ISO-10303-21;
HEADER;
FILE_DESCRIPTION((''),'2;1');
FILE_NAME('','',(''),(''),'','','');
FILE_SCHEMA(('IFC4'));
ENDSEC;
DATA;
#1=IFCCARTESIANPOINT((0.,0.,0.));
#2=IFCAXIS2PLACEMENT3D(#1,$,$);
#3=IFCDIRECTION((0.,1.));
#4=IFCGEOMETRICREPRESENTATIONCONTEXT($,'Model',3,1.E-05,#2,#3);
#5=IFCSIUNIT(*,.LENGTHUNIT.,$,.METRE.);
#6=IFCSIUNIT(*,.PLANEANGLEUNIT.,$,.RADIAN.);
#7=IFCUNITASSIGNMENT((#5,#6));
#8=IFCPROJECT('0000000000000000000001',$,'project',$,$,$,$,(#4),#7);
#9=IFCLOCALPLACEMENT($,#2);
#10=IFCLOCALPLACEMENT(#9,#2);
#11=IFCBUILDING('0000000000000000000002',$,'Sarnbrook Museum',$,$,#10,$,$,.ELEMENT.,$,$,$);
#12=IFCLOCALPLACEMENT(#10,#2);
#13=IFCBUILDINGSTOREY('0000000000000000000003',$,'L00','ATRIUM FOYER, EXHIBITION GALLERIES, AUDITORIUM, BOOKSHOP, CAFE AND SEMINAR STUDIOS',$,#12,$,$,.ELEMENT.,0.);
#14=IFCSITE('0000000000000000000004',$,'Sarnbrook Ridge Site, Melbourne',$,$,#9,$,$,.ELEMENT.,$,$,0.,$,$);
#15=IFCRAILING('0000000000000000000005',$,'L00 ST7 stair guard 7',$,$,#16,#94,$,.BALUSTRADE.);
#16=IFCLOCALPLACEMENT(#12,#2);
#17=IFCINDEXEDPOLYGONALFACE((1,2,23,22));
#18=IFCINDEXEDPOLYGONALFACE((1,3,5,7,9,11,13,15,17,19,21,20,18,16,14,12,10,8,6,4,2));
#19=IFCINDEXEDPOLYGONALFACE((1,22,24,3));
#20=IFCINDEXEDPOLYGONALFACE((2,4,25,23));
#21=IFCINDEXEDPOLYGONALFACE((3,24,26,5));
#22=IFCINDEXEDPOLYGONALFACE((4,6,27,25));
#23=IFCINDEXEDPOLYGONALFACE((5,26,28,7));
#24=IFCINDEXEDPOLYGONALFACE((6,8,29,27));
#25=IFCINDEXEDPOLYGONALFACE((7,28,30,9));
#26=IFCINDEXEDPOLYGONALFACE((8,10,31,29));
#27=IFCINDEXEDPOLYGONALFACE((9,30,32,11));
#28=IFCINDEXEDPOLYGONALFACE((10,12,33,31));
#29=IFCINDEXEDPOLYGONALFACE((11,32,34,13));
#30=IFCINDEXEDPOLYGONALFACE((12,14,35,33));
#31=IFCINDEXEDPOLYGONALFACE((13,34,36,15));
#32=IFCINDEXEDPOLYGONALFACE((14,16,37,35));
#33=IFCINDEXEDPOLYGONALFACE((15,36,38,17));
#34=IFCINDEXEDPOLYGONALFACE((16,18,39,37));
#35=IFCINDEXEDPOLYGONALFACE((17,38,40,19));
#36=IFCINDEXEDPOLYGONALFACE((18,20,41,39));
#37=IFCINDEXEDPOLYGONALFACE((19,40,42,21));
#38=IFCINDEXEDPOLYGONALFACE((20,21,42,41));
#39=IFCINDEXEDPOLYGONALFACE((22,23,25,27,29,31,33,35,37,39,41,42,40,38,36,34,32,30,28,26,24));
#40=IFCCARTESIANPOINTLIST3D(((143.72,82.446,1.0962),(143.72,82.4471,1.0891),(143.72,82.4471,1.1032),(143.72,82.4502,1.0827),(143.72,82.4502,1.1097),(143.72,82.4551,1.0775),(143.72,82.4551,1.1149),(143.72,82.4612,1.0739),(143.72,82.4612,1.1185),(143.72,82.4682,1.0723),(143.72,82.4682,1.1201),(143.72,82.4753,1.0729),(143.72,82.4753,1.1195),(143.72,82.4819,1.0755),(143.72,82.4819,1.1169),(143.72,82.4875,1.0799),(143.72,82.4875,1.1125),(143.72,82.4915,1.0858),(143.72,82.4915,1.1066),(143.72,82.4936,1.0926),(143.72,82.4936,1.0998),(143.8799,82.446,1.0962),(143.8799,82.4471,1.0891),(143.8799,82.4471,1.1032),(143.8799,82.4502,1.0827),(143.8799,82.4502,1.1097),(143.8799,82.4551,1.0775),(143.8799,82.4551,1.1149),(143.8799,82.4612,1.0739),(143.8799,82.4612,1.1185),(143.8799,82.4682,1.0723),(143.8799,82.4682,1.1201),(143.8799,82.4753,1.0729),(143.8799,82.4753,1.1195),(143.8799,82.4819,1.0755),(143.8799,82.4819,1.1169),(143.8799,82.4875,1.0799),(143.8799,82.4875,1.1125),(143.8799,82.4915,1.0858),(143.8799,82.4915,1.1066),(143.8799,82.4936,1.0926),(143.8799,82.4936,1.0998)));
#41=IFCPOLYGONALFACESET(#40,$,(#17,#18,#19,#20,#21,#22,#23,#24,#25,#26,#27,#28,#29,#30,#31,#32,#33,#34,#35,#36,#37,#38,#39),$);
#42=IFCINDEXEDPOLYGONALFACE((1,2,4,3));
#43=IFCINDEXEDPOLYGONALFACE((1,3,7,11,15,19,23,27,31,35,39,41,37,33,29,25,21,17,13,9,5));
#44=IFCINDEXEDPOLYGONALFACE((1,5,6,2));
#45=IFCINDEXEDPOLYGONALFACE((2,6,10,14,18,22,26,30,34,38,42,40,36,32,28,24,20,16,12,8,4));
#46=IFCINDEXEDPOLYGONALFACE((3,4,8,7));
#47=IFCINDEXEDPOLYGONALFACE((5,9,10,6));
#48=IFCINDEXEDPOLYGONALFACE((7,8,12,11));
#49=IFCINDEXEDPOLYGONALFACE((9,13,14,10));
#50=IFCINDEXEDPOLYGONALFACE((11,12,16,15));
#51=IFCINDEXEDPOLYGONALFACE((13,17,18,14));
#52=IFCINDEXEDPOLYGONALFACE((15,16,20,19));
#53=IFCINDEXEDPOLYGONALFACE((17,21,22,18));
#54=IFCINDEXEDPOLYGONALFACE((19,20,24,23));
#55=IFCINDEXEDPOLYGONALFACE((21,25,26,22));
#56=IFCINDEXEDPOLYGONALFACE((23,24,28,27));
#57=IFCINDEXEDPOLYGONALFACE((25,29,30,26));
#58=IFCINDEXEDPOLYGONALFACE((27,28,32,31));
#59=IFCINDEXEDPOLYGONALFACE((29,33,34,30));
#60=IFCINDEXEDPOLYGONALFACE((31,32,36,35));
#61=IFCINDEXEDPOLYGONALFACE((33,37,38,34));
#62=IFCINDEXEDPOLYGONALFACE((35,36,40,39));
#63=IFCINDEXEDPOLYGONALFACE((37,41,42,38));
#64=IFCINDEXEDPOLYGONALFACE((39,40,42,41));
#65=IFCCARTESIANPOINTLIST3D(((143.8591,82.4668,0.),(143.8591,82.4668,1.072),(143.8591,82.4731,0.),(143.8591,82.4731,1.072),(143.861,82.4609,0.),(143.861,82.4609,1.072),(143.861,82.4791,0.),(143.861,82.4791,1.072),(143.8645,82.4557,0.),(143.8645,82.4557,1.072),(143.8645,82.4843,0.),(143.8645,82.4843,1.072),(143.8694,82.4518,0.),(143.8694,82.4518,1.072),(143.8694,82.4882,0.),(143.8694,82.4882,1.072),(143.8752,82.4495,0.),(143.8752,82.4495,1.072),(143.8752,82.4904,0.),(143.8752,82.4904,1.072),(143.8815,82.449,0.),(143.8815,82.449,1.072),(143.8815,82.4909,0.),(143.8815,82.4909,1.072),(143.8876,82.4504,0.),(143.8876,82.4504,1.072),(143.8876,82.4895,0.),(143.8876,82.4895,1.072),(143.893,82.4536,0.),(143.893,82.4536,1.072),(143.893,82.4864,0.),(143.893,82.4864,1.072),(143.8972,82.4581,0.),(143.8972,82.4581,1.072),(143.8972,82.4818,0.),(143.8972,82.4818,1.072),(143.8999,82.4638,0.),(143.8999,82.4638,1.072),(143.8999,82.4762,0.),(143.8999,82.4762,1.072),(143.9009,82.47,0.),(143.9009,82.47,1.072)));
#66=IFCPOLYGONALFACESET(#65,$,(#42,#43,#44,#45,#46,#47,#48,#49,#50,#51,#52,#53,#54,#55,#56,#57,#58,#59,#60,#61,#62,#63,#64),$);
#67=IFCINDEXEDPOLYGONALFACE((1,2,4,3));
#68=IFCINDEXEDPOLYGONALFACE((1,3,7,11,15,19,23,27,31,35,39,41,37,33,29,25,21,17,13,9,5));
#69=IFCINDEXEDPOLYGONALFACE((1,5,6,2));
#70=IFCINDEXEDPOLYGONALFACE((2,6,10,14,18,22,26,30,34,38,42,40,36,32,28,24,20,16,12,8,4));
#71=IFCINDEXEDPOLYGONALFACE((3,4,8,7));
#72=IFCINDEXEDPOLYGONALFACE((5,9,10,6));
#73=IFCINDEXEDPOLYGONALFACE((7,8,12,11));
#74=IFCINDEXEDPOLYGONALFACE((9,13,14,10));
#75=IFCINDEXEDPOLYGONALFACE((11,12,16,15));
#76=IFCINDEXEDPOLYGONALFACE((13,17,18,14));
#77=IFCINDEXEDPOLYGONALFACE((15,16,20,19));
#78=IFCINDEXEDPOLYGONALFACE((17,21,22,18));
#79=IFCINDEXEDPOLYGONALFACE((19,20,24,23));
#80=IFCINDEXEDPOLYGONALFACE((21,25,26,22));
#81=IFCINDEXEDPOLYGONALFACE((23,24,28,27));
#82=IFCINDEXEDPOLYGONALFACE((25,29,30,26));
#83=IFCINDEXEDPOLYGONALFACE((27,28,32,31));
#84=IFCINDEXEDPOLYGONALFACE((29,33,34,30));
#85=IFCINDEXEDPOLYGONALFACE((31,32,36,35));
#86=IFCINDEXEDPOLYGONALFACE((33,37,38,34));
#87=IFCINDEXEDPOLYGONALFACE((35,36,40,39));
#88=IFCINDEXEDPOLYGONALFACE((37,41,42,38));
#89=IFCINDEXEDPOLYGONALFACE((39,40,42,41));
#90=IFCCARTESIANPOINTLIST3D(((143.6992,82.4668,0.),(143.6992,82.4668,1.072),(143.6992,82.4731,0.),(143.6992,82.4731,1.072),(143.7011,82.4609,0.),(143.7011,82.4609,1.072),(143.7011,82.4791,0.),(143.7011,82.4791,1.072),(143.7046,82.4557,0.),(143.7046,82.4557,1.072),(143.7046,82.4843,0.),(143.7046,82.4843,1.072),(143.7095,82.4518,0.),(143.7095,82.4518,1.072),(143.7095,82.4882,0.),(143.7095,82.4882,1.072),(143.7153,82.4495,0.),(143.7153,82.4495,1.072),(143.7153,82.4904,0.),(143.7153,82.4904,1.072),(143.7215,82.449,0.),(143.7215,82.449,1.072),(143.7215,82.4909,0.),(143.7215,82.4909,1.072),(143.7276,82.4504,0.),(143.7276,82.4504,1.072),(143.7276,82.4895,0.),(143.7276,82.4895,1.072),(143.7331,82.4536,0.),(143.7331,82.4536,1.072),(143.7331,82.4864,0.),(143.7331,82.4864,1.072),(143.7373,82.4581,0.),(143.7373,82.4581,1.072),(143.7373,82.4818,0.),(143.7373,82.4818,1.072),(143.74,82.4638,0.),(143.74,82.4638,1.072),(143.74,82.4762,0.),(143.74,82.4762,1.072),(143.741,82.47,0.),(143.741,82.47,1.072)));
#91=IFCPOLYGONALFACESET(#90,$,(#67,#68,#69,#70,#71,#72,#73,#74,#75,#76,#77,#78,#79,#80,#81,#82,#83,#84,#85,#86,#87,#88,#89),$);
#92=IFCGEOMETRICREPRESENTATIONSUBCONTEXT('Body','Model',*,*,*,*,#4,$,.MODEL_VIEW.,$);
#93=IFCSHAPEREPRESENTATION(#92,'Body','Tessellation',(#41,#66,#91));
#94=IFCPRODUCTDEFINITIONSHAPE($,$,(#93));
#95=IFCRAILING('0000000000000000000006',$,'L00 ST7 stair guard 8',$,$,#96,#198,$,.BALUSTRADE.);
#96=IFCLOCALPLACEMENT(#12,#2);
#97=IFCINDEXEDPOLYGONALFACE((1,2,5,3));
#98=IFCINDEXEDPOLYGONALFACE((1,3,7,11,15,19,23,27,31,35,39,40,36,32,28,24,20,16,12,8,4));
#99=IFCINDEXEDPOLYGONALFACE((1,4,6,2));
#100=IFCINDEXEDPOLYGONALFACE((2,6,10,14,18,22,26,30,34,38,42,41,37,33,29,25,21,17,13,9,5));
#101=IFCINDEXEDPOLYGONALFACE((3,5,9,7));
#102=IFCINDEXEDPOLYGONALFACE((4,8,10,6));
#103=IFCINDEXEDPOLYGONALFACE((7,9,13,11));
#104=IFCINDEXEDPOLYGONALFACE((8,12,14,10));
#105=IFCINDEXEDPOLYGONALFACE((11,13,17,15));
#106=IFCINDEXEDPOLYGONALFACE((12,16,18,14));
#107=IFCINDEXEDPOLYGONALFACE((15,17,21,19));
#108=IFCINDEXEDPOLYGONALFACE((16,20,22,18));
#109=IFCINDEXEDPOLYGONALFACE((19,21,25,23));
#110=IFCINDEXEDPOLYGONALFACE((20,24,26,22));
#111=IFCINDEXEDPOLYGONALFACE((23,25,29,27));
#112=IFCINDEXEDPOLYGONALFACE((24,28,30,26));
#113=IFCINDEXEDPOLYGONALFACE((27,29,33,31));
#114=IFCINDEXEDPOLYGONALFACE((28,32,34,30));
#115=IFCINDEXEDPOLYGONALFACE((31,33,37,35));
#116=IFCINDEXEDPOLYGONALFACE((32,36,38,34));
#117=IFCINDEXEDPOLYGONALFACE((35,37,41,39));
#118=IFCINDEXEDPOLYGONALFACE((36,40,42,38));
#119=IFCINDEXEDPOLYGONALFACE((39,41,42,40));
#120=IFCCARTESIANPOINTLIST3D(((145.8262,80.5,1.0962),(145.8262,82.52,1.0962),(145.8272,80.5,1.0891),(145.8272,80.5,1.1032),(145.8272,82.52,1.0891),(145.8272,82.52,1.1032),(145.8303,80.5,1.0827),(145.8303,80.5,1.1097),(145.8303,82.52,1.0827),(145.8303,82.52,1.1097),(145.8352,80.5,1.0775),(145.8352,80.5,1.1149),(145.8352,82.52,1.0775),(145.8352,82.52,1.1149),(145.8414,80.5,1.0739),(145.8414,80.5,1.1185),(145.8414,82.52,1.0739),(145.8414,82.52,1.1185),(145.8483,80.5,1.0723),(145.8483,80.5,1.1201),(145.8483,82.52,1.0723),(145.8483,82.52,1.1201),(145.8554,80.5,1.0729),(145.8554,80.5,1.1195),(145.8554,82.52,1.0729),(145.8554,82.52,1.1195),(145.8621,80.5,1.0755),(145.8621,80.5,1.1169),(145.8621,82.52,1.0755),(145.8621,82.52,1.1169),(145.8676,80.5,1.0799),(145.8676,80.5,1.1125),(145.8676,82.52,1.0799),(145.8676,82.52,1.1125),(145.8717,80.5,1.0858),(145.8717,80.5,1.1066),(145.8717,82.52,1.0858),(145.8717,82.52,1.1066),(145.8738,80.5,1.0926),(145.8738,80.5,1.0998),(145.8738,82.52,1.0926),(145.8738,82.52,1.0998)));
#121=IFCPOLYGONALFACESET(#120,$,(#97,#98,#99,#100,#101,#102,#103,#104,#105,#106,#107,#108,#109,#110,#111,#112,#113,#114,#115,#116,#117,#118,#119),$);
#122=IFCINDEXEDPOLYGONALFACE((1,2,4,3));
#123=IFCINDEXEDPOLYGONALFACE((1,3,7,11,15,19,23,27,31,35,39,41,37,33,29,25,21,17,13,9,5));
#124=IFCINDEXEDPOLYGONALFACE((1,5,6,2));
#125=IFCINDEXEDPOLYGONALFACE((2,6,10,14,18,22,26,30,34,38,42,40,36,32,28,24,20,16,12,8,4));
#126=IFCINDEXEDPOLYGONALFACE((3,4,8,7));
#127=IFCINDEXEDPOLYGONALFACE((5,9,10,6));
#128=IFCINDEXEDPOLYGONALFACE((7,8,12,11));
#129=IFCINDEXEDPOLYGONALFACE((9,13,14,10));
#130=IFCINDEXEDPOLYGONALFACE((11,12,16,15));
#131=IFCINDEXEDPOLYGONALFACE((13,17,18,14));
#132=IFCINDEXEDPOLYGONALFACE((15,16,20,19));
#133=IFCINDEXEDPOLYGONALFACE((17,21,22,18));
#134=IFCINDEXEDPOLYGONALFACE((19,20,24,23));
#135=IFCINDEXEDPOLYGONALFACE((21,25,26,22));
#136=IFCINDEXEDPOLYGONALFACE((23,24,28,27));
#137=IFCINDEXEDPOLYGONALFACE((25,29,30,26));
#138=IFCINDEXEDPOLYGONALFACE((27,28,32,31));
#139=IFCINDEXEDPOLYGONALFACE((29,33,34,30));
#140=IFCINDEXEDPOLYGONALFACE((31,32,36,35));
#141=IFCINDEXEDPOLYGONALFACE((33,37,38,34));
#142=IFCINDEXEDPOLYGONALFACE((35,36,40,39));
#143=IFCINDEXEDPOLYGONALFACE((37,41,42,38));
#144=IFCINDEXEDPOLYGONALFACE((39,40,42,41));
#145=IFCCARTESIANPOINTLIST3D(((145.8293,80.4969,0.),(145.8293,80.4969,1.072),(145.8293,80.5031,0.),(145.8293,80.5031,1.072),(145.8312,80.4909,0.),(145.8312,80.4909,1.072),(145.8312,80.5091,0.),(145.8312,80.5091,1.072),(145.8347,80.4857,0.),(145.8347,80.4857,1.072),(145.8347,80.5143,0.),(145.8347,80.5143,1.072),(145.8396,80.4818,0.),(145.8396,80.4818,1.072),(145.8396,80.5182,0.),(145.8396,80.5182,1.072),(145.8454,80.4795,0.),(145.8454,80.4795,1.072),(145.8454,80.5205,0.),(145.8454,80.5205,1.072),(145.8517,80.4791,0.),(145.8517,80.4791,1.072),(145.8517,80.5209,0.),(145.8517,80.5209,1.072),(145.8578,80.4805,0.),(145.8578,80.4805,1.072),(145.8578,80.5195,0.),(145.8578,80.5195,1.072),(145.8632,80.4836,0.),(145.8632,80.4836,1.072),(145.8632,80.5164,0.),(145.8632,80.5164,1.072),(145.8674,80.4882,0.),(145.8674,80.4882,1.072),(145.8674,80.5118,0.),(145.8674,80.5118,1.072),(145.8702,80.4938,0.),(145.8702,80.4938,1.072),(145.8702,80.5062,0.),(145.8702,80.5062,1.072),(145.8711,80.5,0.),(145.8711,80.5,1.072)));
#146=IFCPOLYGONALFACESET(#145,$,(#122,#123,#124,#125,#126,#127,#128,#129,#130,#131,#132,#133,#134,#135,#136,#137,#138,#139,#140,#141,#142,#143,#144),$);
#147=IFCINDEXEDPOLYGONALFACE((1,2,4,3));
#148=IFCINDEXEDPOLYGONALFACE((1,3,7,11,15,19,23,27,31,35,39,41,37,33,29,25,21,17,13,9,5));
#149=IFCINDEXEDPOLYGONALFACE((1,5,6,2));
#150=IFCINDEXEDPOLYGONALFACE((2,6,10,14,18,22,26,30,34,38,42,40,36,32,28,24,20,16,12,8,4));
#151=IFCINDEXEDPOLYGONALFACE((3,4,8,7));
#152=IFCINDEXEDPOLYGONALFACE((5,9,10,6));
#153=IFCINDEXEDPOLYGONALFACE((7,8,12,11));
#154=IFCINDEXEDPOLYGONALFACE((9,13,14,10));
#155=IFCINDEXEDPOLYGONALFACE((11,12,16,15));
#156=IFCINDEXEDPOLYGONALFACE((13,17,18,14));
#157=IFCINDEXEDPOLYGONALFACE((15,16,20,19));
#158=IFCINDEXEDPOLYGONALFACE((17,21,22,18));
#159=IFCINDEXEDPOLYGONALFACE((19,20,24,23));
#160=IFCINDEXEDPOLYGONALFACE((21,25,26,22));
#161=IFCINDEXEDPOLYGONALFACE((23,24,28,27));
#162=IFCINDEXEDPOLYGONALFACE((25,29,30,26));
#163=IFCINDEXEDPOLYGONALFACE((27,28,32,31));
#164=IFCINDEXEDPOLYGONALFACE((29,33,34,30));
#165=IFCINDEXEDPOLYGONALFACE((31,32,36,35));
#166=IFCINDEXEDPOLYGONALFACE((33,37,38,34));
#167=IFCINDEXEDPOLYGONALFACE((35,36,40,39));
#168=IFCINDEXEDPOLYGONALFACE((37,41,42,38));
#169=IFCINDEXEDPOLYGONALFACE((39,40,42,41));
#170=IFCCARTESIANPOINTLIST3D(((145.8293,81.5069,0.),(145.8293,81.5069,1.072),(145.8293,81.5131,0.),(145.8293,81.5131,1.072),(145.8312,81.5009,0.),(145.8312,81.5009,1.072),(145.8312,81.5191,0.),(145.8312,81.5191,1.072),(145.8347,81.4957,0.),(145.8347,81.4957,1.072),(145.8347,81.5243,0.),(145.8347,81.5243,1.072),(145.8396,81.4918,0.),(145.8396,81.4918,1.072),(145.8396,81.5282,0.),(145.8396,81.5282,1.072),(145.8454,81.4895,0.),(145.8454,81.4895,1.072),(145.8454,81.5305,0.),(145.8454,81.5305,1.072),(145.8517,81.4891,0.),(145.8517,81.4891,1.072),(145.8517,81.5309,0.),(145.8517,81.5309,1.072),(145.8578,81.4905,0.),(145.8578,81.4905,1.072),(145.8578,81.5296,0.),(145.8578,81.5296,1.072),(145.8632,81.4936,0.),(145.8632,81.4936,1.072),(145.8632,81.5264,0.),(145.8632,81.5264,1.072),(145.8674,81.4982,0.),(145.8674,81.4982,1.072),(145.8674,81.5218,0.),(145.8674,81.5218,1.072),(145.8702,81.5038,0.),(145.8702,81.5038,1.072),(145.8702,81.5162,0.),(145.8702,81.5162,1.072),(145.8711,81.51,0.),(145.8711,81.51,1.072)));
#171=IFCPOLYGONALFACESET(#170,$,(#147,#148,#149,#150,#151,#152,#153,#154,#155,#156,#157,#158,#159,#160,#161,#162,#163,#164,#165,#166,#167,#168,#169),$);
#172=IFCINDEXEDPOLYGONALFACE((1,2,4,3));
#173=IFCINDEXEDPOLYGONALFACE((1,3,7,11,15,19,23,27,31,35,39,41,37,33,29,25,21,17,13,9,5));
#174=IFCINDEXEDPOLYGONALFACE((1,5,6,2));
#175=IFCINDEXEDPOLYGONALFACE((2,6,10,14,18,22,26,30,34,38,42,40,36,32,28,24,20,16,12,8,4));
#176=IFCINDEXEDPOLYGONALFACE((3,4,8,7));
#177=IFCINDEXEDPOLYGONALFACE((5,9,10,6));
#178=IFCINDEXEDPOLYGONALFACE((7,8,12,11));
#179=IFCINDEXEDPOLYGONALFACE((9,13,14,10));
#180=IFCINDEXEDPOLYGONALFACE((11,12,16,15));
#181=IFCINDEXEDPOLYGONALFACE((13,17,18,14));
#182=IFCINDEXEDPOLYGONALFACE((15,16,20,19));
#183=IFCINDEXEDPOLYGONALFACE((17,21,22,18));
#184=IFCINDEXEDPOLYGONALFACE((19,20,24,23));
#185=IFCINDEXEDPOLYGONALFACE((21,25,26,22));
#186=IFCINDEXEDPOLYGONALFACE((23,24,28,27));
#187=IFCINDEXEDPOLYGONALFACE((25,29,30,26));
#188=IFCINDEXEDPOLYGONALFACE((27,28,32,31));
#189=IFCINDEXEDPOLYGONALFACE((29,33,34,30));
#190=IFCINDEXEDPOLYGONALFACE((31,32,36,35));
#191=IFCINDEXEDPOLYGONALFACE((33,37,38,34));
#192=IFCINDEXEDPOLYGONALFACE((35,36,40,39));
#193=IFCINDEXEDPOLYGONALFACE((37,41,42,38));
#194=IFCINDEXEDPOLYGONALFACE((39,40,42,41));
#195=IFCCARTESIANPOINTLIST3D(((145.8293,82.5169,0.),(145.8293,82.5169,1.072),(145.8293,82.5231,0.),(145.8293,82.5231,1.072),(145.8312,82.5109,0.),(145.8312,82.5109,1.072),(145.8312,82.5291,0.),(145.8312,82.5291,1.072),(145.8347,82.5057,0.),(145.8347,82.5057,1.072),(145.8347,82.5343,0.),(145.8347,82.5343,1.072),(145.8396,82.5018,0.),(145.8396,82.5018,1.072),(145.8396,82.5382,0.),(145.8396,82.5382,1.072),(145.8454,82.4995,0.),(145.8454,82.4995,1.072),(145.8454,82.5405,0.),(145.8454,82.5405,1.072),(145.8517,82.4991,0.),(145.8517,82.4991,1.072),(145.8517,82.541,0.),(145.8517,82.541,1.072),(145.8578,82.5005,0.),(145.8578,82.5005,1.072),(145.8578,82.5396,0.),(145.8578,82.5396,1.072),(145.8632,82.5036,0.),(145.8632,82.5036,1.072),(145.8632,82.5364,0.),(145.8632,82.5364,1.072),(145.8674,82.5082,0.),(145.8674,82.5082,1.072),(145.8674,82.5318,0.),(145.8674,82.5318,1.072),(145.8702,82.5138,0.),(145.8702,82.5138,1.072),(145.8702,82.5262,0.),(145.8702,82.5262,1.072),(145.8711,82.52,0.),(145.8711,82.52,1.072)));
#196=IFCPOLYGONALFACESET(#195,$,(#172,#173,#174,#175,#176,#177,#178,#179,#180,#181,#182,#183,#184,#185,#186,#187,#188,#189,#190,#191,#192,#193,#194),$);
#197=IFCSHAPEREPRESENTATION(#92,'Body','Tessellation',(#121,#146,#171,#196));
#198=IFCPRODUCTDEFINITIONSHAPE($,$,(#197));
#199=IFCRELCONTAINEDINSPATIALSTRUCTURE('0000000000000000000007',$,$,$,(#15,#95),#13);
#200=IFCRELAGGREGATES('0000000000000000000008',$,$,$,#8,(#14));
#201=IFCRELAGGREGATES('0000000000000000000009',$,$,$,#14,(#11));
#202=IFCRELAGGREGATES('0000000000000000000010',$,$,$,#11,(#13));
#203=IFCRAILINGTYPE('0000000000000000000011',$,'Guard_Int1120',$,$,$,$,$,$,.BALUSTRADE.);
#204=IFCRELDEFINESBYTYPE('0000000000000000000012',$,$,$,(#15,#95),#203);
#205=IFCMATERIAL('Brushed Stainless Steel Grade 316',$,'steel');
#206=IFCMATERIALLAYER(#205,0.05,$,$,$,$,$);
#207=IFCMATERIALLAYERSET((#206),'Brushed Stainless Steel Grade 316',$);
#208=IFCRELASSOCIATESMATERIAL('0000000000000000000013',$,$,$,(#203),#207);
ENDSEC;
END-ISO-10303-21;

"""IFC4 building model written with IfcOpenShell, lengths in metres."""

from ifc_helpers import new_model, si_unit, direction, frame, origin, origin_2d, place, context, subcontext, project, spatial, circle, extrude, material, layer, layer_set, type_object, element, save


model = new_model("IFC4")

# Units and contexts
model_context = context("Model", 3, precision=1e-05, world=origin(), true_north=direction((0.0, 1.0)))
body_context = subcontext(model_context, "Body", "Model", "MODEL_VIEW")
ifc_project = project(units=[si_unit("LENGTHUNIT", "METRE"), si_unit("PLANEANGLEUNIT", "RADIAN")], contexts=[model_context])

# Site, building, storey
site_placement = place(None, origin())
site = spatial("IfcSite", under=ifc_project, at=site_placement, Name="Sarnbrook Ridge Site, Melbourne", CompositionType="ELEMENT", RefElevation=0.0)
building_placement = place(site_placement, origin())
building = spatial("IfcBuilding", under=site, at=building_placement, Name="Sarnbrook Museum", CompositionType="ELEMENT")
storey_placement = place(building_placement, origin())
storey = spatial("IfcBuildingStorey", under=building, at=storey_placement, Name="L00", Description="ATRIUM FOYER, EXHIBITION GALLERIES, AUDITORIUM, BOOKSHOP, CAFE AND SEMINAR STUDIOS", CompositionType="ELEMENT", Elevation=0.0)

# Railings
ifc_material_1 = material(Name="Brushed Stainless Steel Grade 316", Category="steel")
ifc_layer_1 = layer(ifc_material_1, 0.05)
ifc_layer_set_1 = layer_set([ifc_layer_1], Name="Brushed Stainless Steel Grade 316")
railing_type = type_object("IfcRailingType", Name="Guard_Int1120", PredefinedType="BALUSTRADE", material=ifc_layer_set_1)
railing_placement = place(storey_placement, frame((143.8799, 82.47, 0.0)))
element("IfcRailing", 1, at=railing_placement, inside=storey, type_object=railing_type, Name="L00 ST7 stair guard 7", PredefinedType="BALUSTRADE", context=body_context, shape_type="SweptSolid", body=[
    extrude(circle(Radius=0.0239, at=origin_2d()), frame((0.0, 0.0, 1.0962), z_axis=(-1.0, 0.0, 0.0), x_axis=(0.0, -1.0, 0.0)), (0.0, 0.0, 1.0), 0.1599),
    extrude(circle(Radius=0.021, at=origin_2d()), origin(), (0.0, 0.0, 1.0), 1.072),
    extrude(circle(Radius=0.021, at=origin_2d()), frame((-0.1599, 0.0, 0.0)), (0.0, 0.0, 1.0), 1.072),
])
for number, where, name in (
    (2, (145.8501, 80.5, 0.0), "L00 ST7 stair guard 8"),
):
    element("IfcRailing", number, at=place(storey_placement, frame(where)), inside=storey, type_object=railing_type, Name=name, PredefinedType="BALUSTRADE", context=body_context, shape_type="SweptSolid", body=[
        extrude(circle(Radius=0.0239, at=origin_2d()), frame((0.0, 0.0, 1.0962), z_axis=(0.0, 1.0, 0.0), x_axis=(-1.0, 0.0, 0.0)), (0.0, 0.0, 1.0), 2.02),
        extrude(circle(Radius=0.021, at=origin_2d()), origin(), (0.0, 0.0, 1.0), 1.072),
        extrude(circle(Radius=0.021, at=origin_2d()), frame((0.0, 1.01, 0.0)), (0.0, 0.0, 1.0), 1.072),
        extrude(circle(Radius=0.021, at=origin_2d()), frame((0.0, 2.02, 0.0)), (0.0, 0.0, 1.0), 1.072),
    ])

save(model, "model.ifc")
